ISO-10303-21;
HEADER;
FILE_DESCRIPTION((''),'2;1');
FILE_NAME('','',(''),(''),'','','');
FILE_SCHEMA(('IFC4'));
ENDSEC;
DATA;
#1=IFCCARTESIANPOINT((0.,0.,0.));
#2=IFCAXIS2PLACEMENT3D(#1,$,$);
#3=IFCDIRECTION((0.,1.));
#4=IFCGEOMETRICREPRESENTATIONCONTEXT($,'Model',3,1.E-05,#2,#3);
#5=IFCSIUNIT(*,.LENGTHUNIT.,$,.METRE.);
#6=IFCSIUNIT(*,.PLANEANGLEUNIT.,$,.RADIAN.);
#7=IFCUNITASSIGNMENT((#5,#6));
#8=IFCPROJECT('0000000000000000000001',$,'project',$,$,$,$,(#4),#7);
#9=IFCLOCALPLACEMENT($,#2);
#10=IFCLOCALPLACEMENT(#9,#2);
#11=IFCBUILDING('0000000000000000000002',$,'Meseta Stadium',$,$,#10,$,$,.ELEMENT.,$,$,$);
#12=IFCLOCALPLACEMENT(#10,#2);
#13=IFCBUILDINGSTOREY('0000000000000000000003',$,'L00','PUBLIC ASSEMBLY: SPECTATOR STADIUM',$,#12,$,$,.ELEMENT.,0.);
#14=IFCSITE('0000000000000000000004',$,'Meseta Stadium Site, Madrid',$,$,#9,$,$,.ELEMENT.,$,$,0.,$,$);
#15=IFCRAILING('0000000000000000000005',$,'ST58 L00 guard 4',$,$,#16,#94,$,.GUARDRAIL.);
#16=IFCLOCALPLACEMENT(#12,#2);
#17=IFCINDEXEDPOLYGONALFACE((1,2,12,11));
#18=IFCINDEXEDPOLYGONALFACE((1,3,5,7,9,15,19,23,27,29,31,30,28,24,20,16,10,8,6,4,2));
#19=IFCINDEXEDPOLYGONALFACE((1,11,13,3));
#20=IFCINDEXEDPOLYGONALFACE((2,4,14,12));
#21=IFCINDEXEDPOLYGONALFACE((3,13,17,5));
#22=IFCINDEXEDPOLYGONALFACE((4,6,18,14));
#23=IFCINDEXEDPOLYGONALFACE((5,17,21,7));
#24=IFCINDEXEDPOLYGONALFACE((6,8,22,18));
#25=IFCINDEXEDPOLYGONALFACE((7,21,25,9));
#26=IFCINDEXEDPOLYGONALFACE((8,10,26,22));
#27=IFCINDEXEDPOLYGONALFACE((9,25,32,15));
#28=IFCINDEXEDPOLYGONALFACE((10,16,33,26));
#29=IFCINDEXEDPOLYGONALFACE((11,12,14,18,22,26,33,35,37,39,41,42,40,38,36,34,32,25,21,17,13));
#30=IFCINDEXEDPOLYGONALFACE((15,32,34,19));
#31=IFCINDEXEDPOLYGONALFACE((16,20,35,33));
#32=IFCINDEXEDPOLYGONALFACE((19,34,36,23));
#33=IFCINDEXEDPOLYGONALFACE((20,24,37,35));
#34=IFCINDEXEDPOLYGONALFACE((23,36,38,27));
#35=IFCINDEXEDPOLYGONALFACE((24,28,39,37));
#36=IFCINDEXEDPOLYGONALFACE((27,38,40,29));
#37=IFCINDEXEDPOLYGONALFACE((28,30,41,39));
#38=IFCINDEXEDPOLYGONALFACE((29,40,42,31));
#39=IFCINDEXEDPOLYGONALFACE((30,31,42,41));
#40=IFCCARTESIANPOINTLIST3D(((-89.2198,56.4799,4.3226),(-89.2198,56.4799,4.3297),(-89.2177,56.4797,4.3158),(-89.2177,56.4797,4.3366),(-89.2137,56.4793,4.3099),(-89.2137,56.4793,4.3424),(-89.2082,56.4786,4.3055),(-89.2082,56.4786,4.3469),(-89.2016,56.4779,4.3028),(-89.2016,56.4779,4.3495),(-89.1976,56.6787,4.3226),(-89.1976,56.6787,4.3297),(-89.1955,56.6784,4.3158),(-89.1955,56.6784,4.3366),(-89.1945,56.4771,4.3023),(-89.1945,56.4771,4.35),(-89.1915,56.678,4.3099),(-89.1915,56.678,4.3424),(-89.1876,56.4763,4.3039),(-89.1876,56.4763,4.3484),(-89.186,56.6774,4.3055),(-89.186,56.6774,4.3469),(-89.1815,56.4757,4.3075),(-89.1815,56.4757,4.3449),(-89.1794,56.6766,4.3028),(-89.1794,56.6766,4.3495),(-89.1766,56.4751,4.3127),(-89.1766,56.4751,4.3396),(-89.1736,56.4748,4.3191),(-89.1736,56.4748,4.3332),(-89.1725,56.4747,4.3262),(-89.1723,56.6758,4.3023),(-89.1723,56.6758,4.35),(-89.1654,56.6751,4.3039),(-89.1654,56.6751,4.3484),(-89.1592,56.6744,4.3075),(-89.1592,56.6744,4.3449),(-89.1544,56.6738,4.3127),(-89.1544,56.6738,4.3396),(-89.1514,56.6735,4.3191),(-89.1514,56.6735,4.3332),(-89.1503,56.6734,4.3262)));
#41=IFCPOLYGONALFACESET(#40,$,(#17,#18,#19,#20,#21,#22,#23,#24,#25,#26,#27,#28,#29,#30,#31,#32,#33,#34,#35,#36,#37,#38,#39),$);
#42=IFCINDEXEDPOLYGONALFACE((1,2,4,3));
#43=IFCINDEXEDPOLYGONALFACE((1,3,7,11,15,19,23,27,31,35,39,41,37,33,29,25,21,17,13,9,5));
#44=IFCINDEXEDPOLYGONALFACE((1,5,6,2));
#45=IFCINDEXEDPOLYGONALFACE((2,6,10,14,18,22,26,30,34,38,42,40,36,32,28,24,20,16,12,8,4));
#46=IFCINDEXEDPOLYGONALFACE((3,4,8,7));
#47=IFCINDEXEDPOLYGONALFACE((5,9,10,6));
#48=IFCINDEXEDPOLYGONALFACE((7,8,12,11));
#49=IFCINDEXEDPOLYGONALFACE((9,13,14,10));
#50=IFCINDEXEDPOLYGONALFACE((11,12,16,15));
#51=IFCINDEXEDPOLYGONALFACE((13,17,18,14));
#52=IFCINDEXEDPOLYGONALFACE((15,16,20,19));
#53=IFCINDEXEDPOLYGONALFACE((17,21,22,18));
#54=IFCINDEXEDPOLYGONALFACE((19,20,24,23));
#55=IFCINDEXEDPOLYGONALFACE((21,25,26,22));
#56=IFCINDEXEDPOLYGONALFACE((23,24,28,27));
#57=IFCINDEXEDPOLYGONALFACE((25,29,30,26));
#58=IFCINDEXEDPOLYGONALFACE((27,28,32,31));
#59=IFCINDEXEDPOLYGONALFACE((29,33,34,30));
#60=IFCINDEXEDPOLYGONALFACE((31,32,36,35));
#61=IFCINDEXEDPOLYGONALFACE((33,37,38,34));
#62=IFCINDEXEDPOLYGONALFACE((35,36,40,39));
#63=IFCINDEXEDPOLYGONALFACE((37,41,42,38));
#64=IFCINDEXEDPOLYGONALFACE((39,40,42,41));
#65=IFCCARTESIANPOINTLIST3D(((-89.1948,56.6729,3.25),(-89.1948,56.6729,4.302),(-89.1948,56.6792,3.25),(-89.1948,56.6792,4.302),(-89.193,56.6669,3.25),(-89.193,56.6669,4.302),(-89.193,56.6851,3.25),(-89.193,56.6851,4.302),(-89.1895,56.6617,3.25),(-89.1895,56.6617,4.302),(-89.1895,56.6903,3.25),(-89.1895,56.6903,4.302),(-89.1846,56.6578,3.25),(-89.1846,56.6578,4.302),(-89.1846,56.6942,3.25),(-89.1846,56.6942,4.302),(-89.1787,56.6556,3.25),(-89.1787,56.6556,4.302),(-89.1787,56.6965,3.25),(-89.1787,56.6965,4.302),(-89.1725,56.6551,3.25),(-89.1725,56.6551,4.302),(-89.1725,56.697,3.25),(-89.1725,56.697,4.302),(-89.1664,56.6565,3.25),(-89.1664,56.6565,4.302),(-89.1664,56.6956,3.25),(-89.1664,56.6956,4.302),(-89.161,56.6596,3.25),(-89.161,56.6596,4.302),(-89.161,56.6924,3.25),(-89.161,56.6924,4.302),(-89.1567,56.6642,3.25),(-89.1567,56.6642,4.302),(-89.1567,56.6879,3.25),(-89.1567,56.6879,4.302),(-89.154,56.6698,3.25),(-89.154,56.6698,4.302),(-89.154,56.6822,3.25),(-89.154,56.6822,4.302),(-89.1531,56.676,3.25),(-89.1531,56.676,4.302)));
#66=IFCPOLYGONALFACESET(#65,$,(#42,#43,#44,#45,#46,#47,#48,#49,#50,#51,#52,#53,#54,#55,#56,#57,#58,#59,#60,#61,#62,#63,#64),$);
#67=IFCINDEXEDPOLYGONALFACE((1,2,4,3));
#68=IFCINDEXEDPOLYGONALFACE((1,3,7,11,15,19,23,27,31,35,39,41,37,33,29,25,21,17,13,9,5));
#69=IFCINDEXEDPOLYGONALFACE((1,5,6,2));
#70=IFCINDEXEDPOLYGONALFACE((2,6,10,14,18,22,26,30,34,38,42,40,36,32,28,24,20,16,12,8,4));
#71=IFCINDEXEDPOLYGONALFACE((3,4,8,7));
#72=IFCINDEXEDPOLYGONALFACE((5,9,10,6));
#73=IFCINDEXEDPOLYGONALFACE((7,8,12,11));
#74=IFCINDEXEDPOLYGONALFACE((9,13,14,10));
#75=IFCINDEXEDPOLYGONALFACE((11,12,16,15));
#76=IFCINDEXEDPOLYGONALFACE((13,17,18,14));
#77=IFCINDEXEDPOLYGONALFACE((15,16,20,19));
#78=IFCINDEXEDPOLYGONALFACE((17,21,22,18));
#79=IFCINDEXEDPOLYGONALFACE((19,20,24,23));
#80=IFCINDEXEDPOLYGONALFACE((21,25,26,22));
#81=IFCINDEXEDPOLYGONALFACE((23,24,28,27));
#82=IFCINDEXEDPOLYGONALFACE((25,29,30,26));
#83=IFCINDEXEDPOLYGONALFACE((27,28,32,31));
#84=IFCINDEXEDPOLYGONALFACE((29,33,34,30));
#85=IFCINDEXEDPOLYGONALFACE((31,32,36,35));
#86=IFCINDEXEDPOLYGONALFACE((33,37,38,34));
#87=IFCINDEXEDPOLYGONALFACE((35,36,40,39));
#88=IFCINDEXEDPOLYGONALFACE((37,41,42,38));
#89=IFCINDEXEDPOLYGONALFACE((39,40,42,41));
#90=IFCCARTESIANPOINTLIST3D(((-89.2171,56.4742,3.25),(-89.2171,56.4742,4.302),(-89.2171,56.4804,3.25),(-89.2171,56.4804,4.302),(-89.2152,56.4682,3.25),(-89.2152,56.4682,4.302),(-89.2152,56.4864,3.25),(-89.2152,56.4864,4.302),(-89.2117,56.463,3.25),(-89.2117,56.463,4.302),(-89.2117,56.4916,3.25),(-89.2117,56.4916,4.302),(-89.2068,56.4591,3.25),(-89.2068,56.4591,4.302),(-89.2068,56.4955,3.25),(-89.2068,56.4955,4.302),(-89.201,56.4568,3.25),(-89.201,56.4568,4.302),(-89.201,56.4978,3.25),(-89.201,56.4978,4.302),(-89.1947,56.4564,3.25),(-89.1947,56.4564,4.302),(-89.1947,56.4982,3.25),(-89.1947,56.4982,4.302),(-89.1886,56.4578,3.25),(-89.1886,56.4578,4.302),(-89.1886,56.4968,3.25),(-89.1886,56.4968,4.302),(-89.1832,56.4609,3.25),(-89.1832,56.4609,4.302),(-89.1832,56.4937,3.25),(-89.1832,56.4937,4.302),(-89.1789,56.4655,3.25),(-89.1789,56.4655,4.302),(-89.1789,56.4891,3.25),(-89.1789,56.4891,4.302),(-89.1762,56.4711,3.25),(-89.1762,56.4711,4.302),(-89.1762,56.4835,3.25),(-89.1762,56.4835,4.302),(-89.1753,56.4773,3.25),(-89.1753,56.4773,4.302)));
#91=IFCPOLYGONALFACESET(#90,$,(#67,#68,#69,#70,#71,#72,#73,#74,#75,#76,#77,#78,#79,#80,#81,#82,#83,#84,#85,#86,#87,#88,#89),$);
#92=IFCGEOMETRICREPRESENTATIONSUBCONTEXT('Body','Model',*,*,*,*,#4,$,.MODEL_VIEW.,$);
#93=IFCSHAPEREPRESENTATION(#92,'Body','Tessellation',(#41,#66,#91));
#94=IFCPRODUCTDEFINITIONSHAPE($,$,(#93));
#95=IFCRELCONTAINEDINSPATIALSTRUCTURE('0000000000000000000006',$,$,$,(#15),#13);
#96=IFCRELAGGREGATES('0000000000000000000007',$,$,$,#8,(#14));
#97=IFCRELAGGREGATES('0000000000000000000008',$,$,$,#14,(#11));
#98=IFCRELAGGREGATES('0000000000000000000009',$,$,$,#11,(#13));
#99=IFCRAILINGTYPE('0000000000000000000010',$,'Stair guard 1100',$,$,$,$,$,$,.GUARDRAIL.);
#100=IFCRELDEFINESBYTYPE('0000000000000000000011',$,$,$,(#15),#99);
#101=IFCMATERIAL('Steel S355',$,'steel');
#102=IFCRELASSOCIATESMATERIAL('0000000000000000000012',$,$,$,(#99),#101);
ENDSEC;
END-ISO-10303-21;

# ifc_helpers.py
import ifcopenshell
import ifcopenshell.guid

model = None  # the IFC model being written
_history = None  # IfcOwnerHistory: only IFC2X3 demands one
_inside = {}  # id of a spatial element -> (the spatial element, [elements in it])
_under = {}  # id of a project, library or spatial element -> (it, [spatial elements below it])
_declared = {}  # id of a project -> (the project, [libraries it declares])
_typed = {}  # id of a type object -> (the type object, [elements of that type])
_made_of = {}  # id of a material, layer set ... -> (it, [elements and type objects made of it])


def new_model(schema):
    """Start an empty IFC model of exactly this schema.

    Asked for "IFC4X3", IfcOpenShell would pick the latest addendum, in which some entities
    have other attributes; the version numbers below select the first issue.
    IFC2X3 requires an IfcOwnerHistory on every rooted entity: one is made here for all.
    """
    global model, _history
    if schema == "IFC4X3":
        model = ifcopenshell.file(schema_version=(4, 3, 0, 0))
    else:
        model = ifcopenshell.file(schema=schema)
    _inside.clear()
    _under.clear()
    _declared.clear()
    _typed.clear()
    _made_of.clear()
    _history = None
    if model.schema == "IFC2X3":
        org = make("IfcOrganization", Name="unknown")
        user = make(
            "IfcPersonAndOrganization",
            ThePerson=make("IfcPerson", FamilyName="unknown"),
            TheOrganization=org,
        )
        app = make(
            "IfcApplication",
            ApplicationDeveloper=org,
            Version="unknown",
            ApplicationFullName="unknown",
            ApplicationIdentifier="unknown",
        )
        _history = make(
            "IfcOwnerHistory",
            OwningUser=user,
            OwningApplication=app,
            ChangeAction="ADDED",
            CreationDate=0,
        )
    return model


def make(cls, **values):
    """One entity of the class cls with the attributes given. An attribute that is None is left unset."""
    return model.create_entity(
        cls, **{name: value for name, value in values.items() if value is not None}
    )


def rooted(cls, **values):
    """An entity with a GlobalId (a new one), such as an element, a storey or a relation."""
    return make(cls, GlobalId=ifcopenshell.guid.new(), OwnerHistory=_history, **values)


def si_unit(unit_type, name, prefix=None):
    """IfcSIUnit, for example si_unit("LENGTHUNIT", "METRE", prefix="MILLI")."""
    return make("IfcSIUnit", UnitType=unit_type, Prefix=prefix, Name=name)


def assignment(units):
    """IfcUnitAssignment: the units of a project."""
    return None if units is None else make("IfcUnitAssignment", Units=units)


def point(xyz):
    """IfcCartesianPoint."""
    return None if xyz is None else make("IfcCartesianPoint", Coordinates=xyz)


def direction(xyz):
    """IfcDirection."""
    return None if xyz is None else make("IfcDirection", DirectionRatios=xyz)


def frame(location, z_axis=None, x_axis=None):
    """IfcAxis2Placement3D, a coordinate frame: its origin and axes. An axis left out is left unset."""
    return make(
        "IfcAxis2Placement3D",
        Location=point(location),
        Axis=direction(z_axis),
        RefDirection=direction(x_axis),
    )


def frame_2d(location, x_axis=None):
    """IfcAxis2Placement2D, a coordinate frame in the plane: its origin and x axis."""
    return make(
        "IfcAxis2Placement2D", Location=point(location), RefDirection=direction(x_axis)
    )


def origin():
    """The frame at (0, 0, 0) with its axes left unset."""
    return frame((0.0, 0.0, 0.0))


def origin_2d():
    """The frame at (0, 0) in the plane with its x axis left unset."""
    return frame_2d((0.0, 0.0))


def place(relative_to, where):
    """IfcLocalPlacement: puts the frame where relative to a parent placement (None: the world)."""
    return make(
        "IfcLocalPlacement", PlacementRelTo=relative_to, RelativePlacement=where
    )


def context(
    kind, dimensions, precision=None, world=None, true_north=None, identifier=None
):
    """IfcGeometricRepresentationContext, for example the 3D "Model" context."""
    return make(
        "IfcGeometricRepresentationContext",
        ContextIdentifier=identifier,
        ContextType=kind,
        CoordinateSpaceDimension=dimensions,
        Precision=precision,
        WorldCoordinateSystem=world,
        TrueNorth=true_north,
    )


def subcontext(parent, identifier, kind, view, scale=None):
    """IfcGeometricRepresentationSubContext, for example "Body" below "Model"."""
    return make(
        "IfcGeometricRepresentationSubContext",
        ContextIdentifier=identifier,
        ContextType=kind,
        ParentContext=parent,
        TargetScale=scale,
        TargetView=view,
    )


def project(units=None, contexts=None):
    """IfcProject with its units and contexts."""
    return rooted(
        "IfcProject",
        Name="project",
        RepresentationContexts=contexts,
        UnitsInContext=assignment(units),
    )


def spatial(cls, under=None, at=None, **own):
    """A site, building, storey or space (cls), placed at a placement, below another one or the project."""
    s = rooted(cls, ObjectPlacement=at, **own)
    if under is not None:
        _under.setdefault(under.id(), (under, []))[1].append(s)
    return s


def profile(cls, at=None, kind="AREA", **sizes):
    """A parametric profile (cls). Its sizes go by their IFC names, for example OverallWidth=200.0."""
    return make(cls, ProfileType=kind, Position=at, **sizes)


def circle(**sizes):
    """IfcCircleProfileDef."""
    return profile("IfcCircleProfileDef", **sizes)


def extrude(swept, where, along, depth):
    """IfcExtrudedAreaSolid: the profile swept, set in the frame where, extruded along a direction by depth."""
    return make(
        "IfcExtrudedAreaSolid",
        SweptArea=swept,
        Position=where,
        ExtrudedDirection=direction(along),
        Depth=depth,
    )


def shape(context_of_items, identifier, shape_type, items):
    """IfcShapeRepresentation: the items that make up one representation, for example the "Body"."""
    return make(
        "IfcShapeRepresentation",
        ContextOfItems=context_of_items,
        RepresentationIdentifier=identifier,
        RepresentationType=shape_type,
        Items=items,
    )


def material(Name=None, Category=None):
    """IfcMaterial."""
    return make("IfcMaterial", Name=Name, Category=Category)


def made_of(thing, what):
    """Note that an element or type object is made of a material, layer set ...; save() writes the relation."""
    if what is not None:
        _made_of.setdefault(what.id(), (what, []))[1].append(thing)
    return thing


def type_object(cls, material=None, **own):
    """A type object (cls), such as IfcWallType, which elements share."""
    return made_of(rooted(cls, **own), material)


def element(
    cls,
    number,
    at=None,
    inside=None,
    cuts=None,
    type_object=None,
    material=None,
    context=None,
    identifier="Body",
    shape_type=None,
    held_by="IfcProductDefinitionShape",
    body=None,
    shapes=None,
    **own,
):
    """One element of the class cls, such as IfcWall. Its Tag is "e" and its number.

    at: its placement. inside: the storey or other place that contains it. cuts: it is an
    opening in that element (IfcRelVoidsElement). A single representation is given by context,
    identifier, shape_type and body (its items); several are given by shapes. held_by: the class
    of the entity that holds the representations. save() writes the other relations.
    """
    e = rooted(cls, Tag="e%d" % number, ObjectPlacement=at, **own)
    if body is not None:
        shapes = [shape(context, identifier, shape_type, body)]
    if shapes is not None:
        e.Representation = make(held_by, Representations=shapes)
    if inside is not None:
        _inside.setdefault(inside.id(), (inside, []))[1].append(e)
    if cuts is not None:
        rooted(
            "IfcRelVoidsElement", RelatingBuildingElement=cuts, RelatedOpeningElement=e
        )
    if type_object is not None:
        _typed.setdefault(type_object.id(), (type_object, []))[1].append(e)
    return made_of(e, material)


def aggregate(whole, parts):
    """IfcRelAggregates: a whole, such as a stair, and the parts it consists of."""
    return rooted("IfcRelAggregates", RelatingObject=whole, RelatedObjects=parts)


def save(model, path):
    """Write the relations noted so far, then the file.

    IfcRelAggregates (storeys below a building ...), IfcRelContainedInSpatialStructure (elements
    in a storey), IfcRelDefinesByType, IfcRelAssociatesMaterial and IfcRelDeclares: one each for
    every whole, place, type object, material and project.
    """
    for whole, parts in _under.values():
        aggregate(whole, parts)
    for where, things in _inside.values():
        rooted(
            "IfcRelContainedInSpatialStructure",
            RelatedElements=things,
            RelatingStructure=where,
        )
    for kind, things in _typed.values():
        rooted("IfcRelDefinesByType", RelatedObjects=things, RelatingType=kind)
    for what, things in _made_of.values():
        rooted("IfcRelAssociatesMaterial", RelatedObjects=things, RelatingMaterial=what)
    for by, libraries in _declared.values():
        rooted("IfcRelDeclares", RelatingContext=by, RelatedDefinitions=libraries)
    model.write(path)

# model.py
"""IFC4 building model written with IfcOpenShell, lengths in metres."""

from ifc_helpers import new_model, si_unit, direction, frame, origin, origin_2d, place, context, subcontext, project, spatial, circle, extrude, material, type_object, element, save


model = new_model("IFC4")

# Units and contexts
model_context = context("Model", 3, precision=1e-05, world=origin(), true_north=direction((0.0, 1.0)))
body_context = subcontext(model_context, "Body", "Model", "MODEL_VIEW")
ifc_project = project(units=[si_unit("LENGTHUNIT", "METRE"), si_unit("PLANEANGLEUNIT", "RADIAN")], contexts=[model_context])

# Site, building, storey
site_placement = place(None, origin())
site = spatial("IfcSite", under=ifc_project, at=site_placement, Name="Meseta Stadium Site, Madrid", CompositionType="ELEMENT", RefElevation=0.0)
building_placement = place(site_placement, origin())
building = spatial("IfcBuilding", under=site, at=building_placement, Name="Meseta Stadium", CompositionType="ELEMENT")
storey_placement = place(building_placement, origin())
storey = spatial("IfcBuildingStorey", under=building, at=storey_placement, Name="L00", Description="PUBLIC ASSEMBLY: SPECTATOR STADIUM", CompositionType="ELEMENT", Elevation=0.0)

# Railing
ifc_material_1 = material(Name="Steel S355", Category="steel")
railing_type_1 = type_object("IfcRailingType", Name="Stair guard 1100", PredefinedType="GUARDRAIL", material=ifc_material_1)
railing_1_placement = place(storey_placement, frame((-89.1741, 56.676, 3.25)))
element("IfcRailing", 1, at=railing_1_placement, inside=storey, type_object=railing_type_1, Name="ST58 L00 guard 4", PredefinedType="GUARDRAIL", context=body_context, shape_type="SweptSolid", body=[
    extrude(circle(Radius=0.0239, at=origin_2d()), frame((0.0, 0.0, 1.0762), z_axis=(-0.111102, -0.993809, 0.0), x_axis=(0.993809, -0.111102, 0.0)), (0.0, 0.0, 1.0), 0.2),
    extrude(circle(Radius=0.021, at=origin_2d()), origin(), (0.0, 0.0, 1.0), 1.052),
    extrude(circle(Radius=0.021, at=origin_2d()), frame((-0.0222, -0.1987, 0.0)), (0.0, 0.0, 1.0), 1.052),
])

save(model, "model.ifc")
